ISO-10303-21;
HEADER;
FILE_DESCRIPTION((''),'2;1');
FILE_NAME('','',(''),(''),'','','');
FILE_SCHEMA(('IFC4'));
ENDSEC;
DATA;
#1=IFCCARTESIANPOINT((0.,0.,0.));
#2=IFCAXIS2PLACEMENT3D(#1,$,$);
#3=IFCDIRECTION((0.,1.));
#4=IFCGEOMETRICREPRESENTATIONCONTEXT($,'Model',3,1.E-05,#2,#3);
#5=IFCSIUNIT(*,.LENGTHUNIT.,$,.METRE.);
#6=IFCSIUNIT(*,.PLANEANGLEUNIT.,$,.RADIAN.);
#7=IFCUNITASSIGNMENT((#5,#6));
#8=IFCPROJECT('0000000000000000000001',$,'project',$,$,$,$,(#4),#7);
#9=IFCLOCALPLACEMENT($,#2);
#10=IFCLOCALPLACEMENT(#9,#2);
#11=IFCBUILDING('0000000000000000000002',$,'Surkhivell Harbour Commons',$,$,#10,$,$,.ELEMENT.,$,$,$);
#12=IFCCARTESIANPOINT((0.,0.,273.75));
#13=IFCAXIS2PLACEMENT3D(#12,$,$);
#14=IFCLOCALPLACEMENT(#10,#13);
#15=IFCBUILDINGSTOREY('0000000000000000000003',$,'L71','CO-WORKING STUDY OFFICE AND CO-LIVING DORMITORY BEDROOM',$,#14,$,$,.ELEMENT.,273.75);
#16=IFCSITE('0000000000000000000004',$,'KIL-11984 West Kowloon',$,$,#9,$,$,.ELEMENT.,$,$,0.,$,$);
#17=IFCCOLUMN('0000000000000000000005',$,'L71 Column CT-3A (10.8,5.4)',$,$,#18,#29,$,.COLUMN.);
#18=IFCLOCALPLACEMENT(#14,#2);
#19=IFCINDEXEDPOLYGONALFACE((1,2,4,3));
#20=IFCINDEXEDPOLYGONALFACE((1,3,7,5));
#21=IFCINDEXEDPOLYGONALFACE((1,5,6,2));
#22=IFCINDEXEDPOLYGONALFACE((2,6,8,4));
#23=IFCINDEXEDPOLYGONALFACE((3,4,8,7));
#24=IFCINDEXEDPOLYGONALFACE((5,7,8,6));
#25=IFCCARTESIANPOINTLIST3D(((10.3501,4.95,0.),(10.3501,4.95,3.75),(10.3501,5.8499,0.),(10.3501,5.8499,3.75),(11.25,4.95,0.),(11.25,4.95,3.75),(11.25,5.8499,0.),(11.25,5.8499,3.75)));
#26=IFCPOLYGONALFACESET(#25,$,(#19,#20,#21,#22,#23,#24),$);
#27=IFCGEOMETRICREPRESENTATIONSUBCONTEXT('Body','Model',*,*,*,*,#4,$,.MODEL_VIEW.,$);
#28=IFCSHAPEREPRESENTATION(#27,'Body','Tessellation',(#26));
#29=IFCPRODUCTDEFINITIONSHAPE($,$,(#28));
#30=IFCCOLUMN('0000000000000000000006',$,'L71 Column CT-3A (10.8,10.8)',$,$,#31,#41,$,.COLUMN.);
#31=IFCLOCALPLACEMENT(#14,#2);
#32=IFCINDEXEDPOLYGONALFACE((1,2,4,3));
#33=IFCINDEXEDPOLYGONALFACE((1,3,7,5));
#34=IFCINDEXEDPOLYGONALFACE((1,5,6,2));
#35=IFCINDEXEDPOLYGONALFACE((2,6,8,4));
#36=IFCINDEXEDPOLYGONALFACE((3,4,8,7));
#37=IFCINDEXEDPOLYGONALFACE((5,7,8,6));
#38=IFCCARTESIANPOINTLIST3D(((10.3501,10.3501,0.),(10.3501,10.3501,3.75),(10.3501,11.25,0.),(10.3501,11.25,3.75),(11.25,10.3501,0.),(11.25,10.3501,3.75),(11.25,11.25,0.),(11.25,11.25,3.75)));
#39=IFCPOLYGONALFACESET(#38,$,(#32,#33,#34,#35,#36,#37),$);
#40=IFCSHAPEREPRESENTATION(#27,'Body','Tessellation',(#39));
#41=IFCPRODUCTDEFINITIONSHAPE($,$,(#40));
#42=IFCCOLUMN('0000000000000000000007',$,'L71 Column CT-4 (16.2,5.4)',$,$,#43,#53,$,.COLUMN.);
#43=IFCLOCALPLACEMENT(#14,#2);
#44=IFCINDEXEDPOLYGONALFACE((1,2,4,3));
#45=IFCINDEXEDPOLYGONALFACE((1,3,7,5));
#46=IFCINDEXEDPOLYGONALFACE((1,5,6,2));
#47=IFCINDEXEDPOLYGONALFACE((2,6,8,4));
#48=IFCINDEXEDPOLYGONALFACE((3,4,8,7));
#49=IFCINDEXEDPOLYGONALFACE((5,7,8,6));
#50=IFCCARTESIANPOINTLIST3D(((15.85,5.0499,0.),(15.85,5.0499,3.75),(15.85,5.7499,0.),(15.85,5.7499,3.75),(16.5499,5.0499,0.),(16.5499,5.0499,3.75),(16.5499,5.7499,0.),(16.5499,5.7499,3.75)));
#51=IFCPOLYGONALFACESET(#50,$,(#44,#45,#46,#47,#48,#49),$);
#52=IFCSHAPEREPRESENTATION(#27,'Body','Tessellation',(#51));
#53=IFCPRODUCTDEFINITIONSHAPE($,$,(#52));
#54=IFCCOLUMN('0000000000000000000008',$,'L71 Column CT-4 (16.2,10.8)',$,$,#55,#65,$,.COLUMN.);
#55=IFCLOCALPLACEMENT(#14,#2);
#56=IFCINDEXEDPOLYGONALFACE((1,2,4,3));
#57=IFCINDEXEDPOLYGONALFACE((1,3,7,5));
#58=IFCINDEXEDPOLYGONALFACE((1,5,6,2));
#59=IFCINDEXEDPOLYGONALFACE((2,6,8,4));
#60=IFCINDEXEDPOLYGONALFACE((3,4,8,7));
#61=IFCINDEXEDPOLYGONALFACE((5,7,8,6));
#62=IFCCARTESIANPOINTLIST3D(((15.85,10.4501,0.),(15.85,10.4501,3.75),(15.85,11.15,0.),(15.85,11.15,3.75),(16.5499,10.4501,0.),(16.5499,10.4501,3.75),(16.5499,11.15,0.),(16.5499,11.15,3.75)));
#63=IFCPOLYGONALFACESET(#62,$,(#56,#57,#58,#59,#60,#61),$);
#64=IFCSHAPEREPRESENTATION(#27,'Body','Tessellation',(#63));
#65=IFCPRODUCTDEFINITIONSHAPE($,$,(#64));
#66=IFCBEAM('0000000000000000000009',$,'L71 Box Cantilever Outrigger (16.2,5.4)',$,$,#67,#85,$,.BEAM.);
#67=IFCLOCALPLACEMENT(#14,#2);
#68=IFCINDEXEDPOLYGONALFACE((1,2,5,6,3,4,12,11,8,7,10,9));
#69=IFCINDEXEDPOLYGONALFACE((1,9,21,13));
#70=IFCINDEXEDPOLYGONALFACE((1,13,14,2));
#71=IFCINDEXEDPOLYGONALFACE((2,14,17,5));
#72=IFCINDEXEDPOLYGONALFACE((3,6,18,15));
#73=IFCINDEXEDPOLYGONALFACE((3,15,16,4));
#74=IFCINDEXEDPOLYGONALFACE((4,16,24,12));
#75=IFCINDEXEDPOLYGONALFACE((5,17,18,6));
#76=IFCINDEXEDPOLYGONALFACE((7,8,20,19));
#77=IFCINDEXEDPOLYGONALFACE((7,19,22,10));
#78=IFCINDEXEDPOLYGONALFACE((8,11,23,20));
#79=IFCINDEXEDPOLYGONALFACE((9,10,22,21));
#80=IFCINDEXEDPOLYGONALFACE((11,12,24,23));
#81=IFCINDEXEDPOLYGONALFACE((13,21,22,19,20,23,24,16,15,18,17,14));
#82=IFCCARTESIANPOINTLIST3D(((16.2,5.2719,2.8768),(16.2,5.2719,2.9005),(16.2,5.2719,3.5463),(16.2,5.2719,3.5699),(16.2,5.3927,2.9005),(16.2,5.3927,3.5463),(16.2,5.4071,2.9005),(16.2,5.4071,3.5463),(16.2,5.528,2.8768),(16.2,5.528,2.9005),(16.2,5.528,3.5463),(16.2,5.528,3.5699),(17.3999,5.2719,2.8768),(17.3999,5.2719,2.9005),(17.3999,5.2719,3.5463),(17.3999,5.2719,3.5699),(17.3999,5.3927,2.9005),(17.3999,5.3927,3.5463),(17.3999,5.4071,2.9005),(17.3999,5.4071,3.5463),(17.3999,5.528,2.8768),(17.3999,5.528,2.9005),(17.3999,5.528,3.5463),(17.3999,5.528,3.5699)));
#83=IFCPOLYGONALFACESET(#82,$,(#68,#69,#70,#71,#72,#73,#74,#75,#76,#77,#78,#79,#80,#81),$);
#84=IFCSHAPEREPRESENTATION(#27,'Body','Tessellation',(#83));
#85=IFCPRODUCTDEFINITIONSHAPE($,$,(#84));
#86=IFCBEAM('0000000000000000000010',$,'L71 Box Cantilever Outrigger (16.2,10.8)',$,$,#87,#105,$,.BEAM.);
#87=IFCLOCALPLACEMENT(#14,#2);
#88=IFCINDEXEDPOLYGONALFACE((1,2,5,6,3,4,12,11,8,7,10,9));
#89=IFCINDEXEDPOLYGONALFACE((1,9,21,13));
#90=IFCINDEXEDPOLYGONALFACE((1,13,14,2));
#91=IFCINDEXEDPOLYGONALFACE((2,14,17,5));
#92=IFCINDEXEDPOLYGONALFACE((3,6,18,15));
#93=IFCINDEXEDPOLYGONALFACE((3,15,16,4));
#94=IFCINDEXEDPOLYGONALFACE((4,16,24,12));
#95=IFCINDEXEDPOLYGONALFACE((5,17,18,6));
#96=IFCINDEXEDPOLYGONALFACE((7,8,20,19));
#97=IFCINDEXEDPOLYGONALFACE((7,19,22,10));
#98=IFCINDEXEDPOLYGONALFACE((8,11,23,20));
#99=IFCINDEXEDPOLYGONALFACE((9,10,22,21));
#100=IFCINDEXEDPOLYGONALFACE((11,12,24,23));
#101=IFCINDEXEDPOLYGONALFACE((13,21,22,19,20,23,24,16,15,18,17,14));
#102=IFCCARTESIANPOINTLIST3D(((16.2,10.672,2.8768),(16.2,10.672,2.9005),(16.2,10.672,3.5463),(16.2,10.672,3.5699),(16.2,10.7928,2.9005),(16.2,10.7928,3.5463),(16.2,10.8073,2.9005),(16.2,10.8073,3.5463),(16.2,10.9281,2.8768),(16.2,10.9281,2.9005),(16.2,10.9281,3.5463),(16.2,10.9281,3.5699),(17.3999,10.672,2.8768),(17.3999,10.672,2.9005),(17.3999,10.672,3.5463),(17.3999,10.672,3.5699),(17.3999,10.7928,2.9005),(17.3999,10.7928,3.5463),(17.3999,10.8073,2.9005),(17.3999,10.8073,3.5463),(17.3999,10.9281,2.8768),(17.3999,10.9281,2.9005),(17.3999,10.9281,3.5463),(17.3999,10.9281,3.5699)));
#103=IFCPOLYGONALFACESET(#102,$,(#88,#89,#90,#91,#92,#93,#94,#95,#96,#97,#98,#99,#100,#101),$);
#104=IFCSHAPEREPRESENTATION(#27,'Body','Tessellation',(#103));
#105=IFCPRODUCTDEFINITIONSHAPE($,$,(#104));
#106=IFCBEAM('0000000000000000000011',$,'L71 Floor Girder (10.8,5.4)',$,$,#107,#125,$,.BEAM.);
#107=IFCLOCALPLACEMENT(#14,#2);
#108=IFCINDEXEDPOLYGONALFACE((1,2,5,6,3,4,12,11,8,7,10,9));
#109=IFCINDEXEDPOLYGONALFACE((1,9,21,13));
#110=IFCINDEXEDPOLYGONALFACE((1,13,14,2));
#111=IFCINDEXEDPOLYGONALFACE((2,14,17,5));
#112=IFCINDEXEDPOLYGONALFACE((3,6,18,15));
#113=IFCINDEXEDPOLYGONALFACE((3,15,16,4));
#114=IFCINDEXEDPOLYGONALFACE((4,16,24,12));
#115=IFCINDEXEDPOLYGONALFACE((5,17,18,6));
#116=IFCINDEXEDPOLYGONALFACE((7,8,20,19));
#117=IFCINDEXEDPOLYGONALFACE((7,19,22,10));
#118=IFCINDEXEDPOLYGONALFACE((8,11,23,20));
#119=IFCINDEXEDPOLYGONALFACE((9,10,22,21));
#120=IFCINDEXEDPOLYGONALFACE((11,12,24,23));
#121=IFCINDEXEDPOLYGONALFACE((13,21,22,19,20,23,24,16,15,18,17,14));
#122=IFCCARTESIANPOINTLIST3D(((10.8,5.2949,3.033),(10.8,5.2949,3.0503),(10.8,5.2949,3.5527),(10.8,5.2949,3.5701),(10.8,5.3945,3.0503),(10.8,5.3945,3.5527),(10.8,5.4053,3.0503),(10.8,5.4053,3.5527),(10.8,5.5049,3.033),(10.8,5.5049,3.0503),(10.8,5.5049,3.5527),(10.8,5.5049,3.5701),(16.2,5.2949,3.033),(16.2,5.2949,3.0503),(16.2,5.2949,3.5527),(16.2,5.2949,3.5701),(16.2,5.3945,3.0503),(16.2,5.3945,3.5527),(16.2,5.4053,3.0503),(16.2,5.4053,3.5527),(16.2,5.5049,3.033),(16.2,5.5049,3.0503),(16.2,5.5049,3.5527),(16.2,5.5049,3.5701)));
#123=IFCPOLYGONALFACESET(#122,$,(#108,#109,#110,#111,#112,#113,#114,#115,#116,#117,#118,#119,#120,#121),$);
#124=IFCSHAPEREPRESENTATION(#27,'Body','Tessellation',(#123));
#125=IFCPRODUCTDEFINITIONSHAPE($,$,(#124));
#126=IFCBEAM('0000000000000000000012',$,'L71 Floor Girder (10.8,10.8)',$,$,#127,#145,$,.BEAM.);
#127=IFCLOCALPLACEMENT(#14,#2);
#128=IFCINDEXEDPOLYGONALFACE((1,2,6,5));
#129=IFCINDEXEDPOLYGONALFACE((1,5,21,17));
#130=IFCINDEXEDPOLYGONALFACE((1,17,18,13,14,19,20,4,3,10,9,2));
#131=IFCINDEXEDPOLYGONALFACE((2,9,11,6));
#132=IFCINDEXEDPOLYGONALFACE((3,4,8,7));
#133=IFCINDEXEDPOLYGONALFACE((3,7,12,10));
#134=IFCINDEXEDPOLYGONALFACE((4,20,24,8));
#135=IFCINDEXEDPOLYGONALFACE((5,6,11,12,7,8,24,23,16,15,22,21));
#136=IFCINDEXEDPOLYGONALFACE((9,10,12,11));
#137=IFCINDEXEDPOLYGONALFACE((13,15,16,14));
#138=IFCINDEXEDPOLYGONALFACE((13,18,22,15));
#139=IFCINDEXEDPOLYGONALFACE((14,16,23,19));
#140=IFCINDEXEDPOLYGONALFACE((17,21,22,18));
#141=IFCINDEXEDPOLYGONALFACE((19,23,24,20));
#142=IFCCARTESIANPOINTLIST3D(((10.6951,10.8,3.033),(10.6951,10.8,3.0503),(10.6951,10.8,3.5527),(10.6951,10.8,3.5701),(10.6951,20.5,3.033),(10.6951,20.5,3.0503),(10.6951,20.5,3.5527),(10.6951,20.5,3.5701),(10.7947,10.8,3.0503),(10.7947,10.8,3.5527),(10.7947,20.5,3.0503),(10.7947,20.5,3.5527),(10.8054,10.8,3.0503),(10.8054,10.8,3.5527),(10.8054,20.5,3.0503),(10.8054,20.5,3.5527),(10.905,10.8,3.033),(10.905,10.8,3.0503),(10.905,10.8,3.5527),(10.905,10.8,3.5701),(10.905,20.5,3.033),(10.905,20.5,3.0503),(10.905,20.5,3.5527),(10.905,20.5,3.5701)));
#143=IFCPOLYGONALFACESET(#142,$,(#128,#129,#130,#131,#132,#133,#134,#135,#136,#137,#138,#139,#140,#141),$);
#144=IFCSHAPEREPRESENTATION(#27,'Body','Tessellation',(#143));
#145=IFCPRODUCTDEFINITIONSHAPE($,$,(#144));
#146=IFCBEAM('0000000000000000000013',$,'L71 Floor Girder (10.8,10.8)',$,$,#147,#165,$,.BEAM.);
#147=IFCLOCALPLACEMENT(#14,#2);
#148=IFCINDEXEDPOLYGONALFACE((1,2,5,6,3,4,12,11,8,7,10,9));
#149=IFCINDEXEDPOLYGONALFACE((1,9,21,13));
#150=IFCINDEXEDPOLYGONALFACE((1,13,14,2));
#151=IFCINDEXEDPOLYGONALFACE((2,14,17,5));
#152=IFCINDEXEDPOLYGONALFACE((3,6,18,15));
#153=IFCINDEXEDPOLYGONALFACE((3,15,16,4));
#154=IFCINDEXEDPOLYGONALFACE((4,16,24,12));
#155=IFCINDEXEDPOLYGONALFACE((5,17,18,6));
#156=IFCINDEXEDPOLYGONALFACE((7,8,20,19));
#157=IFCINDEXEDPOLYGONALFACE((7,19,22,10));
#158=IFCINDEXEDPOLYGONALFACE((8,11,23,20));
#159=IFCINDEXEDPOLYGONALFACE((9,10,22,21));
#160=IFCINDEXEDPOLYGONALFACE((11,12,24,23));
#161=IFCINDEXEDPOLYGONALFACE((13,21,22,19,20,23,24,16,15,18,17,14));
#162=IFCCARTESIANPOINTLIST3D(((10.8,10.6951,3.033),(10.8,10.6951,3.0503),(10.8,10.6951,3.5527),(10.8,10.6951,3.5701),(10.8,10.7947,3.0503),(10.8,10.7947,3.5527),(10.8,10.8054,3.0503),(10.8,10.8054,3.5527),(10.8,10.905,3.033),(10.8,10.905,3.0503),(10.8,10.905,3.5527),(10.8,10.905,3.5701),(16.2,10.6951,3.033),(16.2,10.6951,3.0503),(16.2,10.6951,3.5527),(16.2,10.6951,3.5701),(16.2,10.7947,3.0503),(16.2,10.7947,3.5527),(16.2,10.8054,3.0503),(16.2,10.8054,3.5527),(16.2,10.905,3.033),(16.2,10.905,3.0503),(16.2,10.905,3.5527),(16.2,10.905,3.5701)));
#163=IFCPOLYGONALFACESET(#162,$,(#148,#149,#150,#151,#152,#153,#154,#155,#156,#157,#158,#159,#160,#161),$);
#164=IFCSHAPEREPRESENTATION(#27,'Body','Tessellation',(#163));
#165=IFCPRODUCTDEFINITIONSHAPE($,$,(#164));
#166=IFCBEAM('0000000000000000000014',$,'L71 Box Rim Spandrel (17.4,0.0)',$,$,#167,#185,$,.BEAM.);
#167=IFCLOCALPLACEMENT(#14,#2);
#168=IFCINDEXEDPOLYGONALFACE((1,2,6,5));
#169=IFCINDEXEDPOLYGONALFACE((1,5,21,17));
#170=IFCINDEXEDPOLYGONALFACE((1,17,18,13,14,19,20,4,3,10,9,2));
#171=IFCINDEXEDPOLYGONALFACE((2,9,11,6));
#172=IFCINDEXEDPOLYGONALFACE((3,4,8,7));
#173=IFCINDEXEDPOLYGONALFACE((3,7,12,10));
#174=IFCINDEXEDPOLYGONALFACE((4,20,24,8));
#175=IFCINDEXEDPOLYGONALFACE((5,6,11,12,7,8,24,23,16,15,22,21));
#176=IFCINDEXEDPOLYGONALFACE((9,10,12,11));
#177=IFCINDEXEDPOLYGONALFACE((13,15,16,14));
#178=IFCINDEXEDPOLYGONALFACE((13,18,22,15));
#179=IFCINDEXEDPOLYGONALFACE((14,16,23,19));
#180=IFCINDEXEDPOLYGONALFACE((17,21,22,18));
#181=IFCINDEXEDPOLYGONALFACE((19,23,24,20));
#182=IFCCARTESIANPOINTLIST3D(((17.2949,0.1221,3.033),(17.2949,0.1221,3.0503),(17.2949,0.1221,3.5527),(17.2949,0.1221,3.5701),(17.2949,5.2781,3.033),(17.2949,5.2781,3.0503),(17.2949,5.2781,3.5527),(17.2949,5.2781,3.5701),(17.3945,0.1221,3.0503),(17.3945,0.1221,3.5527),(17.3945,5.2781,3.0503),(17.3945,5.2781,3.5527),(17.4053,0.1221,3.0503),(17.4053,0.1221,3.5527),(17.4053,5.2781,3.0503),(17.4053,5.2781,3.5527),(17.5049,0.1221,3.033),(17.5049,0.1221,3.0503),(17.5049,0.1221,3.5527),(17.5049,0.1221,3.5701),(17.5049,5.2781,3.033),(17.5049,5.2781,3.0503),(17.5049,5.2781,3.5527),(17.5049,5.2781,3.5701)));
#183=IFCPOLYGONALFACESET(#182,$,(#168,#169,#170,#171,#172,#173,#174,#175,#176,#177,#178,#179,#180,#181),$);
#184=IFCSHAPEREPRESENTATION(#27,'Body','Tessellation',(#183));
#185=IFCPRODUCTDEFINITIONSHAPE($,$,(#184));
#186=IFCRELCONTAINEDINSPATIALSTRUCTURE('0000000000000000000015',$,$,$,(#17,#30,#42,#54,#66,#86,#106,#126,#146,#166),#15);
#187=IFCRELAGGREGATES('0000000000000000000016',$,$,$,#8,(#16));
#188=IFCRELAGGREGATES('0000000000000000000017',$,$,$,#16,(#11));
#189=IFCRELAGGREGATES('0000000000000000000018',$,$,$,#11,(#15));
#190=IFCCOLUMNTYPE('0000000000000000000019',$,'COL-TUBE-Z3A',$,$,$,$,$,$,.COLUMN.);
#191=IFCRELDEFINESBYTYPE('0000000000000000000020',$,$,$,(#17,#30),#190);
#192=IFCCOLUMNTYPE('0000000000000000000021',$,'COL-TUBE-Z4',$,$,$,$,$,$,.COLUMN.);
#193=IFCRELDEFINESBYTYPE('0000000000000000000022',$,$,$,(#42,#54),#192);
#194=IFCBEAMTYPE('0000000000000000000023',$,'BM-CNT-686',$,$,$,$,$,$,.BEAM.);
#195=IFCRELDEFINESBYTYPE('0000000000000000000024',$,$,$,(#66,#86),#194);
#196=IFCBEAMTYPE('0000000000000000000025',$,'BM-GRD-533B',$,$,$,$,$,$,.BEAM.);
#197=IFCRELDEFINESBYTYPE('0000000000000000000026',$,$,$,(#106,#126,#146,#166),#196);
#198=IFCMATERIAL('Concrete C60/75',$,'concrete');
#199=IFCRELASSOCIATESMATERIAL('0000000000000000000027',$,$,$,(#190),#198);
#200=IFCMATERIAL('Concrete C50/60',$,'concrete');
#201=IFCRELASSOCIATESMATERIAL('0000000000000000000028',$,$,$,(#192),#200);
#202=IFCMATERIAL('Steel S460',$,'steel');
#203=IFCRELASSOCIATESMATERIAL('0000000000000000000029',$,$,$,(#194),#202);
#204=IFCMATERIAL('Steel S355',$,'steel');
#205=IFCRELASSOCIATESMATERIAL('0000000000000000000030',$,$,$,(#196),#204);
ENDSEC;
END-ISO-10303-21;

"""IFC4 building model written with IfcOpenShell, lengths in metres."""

from ifc_helpers import new_model, si_unit, direction, frame, origin, origin_2d, place, context, subcontext, project, spatial, rectangle, i_section, extrude, material, material_profile, profile_set, type_object, element, save


model = new_model("IFC4")

# Units and contexts
model_context = context("Model", 3, precision=1e-05, world=origin(), true_north=direction((0.0, 1.0)))
body_context = subcontext(model_context, "Body", "Model", "MODEL_VIEW")
ifc_project = project(units=[si_unit("LENGTHUNIT", "METRE"), si_unit("PLANEANGLEUNIT", "RADIAN")], contexts=[model_context])

# Site, building, storey
site_placement = place(None, origin())
site = spatial("IfcSite", under=ifc_project, at=site_placement, Name="KIL-11984 West Kowloon", CompositionType="ELEMENT", RefElevation=0.0)
building_placement = place(site_placement, origin())
building = spatial("IfcBuilding", under=site, at=building_placement, Name="Surkhivell Harbour Commons", CompositionType="ELEMENT")
storey_placement = place(building_placement, frame((0.0, 0.0, 273.75)))
storey = spatial("IfcBuildingStorey", under=building, at=storey_placement, Name="L71", Description="CO-WORKING STUDY OFFICE AND CO-LIVING DORMITORY BEDROOM", CompositionType="ELEMENT", Elevation=273.75)

# Columns
ifc_material_1 = material(Name="Concrete C60/75", Category="concrete")
ifc_material_profile_1 = material_profile(ifc_material_1, rectangle(XDim=0.8999, YDim=0.8999, at=origin_2d()), Name="RC-COL-900x900")
ifc_profile_set_1 = profile_set([ifc_material_profile_1], Name="Concrete C60/75")
column_type_1 = type_object("IfcColumnType", Name="COL-TUBE-Z3A", PredefinedType="COLUMN", material=ifc_profile_set_1)
for number, where, z_axis, x_axis, name in (
    (1, (10.8, 5.3999, 0.0), (0.0, 0.0, 1.0), (1.0, 0.0, 0.0), "L71 Column CT-3A (10.8,5.4)"),
    (2, (10.8, 10.8, 0.0), (0.0, 0.0, 1.0), (1.0, 0.0, 0.0), "L71 Column CT-3A (10.8,10.8)"),
):
    element("IfcColumn", number, at=place(storey_placement, frame(where, z_axis=z_axis, x_axis=x_axis)), inside=storey, type_object=column_type_1, Name=name, PredefinedType="COLUMN", context=body_context, shape_type="SweptSolid", body=[
        extrude(rectangle(XDim=0.8999, YDim=0.8999, at=origin_2d()), origin(), (0.0, 0.0, 1.0), 3.75),
    ])
ifc_material_2 = material(Name="Concrete C50/60", Category="concrete")
ifc_material_profile_2 = material_profile(ifc_material_2, rectangle(XDim=0.7, YDim=0.7, at=origin_2d()), Name="RC-COL-700x700")
ifc_profile_set_2 = profile_set([ifc_material_profile_2], Name="Concrete C50/60")
column_type_2 = type_object("IfcColumnType", Name="COL-TUBE-Z4", PredefinedType="COLUMN", material=ifc_profile_set_2)
for number, where, z_axis, x_axis, name in (
    (3, (16.2, 5.3999, 0.0), (0.0, 0.0, 1.0), (1.0, 0.0, 0.0), "L71 Column CT-4 (16.2,5.4)"),
    (4, (16.2, 10.8, 0.0), (0.0, 0.0, 1.0), (1.0, 0.0, 0.0), "L71 Column CT-4 (16.2,10.8)"),
):
    element("IfcColumn", number, at=place(storey_placement, frame(where, z_axis=z_axis, x_axis=x_axis)), inside=storey, type_object=column_type_2, Name=name, PredefinedType="COLUMN", context=body_context, shape_type="SweptSolid", body=[
        extrude(rectangle(XDim=0.7, YDim=0.7, at=origin_2d()), origin(), (0.0, 0.0, 1.0), 3.75),
    ])

# Beams
ifc_material_3 = material(Name="Steel S460", Category="steel")
ifc_material_profile_3 = material_profile(ifc_material_3, i_section(OverallWidth=0.2561, OverallDepth=0.6931, WebThickness=0.0144, FlangeThickness=0.0237, at=origin_2d()), Name="UB686x254x170")
ifc_profile_set_3 = profile_set([ifc_material_profile_3], Name="Steel S460")
beam_type_1 = type_object("IfcBeamType", Name="BM-CNT-686", PredefinedType="BEAM", material=ifc_profile_set_3)
for number, where, z_axis, x_axis, name in (
    (5, (16.2, 5.3999, 3.2234), (1.0, 0.0, 0.0), (0.0, 1.0, 0.0), "L71 Box Cantilever Outrigger (16.2,5.4)"),
    (6, (16.2, 10.8, 3.2234), (1.0, 0.0, 0.0), (0.0, 1.0, 0.0), "L71 Box Cantilever Outrigger (16.2,10.8)"),
):
    element("IfcBeam", number, at=place(storey_placement, frame(where, z_axis=z_axis, x_axis=x_axis)), inside=storey, type_object=beam_type_1, Name=name, PredefinedType="BEAM", context=body_context, shape_type="SweptSolid", body=[
        extrude(i_section(OverallWidth=0.2561, OverallDepth=0.6931, WebThickness=0.0144, FlangeThickness=0.0237, at=origin_2d()), origin(), (0.0, 0.0, 1.0), 1.2),
    ])
ifc_material_4 = material(Name="Steel S355", Category="steel")
ifc_material_profile_4 = material_profile(ifc_material_4, i_section(OverallWidth=0.21, OverallDepth=0.5371, WebThickness=0.0107, FlangeThickness=0.0173, at=origin_2d()), Name="UB533x210x101")
ifc_profile_set_4 = profile_set([ifc_material_profile_4], Name="Steel S355")
beam_type_2 = type_object("IfcBeamType", Name="BM-GRD-533B", PredefinedType="BEAM", material=ifc_profile_set_4)
beam_1_placement = place(storey_placement, frame((10.8, 5.3999, 3.3015), z_axis=(1.0, 0.0, 0.0), x_axis=(0.0, 1.0, 0.0)))
element("IfcBeam", 7, at=beam_1_placement, inside=storey, type_object=beam_type_2, Name="L71 Floor Girder (10.8,5.4)", PredefinedType="BEAM", context=body_context, shape_type="SweptSolid", body=[
    extrude(i_section(OverallWidth=0.21, OverallDepth=0.5371, WebThickness=0.0107, FlangeThickness=0.0173, at=origin_2d()), origin(), (0.0, 0.0, 1.0), 5.3999),
])
beam_2_placement = place(storey_placement, frame((10.8, 10.8, 3.3015), z_axis=(0.0, 1.0, 0.0), x_axis=(-1.0, 0.0, 0.0)))
element("IfcBeam", 8, at=beam_2_placement, inside=storey, type_object=beam_type_2, Name="L71 Floor Girder (10.8,10.8)", PredefinedType="BEAM", context=body_context, shape_type="SweptSolid", body=[
    extrude(i_section(OverallWidth=0.21, OverallDepth=0.5371, WebThickness=0.0107, FlangeThickness=0.0173, at=origin_2d()), origin(), (0.0, 0.0, 1.0), 9.7),
])
beam_3_placement = place(storey_placement, frame((10.8, 10.8, 3.3015), z_axis=(1.0, 0.0, 0.0), x_axis=(0.0, 1.0, 0.0)))
element("IfcBeam", 9, at=beam_3_placement, inside=storey, type_object=beam_type_2, Name="L71 Floor Girder (10.8,10.8)", PredefinedType="BEAM", context=body_context, shape_type="SweptSolid", body=[
    extrude(i_section(OverallWidth=0.21, OverallDepth=0.5371, WebThickness=0.0107, FlangeThickness=0.0173, at=origin_2d()), origin(), (0.0, 0.0, 1.0), 5.3999),
])
for number, where, z_axis, x_axis, name in (
    (10, (17.3999, 0.1221, 3.3015), (0.0, 1.0, 0.0), (-1.0, 0.0, 0.0), "L71 Box Rim Spandrel (17.4,0.0)"),
):
    element("IfcBeam", number, at=place(storey_placement, frame(where, z_axis=z_axis, x_axis=x_axis)), inside=storey, type_object=beam_type_2, Name=name, PredefinedType="BEAM", context=body_context, shape_type="SweptSolid", body=[
        extrude(i_section(OverallWidth=0.21, OverallDepth=0.5371, WebThickness=0.0107, FlangeThickness=0.0173, at=origin_2d()), origin(), (0.0, 0.0, 1.0), 5.156),
    ])

save(model, "model.ifc")
